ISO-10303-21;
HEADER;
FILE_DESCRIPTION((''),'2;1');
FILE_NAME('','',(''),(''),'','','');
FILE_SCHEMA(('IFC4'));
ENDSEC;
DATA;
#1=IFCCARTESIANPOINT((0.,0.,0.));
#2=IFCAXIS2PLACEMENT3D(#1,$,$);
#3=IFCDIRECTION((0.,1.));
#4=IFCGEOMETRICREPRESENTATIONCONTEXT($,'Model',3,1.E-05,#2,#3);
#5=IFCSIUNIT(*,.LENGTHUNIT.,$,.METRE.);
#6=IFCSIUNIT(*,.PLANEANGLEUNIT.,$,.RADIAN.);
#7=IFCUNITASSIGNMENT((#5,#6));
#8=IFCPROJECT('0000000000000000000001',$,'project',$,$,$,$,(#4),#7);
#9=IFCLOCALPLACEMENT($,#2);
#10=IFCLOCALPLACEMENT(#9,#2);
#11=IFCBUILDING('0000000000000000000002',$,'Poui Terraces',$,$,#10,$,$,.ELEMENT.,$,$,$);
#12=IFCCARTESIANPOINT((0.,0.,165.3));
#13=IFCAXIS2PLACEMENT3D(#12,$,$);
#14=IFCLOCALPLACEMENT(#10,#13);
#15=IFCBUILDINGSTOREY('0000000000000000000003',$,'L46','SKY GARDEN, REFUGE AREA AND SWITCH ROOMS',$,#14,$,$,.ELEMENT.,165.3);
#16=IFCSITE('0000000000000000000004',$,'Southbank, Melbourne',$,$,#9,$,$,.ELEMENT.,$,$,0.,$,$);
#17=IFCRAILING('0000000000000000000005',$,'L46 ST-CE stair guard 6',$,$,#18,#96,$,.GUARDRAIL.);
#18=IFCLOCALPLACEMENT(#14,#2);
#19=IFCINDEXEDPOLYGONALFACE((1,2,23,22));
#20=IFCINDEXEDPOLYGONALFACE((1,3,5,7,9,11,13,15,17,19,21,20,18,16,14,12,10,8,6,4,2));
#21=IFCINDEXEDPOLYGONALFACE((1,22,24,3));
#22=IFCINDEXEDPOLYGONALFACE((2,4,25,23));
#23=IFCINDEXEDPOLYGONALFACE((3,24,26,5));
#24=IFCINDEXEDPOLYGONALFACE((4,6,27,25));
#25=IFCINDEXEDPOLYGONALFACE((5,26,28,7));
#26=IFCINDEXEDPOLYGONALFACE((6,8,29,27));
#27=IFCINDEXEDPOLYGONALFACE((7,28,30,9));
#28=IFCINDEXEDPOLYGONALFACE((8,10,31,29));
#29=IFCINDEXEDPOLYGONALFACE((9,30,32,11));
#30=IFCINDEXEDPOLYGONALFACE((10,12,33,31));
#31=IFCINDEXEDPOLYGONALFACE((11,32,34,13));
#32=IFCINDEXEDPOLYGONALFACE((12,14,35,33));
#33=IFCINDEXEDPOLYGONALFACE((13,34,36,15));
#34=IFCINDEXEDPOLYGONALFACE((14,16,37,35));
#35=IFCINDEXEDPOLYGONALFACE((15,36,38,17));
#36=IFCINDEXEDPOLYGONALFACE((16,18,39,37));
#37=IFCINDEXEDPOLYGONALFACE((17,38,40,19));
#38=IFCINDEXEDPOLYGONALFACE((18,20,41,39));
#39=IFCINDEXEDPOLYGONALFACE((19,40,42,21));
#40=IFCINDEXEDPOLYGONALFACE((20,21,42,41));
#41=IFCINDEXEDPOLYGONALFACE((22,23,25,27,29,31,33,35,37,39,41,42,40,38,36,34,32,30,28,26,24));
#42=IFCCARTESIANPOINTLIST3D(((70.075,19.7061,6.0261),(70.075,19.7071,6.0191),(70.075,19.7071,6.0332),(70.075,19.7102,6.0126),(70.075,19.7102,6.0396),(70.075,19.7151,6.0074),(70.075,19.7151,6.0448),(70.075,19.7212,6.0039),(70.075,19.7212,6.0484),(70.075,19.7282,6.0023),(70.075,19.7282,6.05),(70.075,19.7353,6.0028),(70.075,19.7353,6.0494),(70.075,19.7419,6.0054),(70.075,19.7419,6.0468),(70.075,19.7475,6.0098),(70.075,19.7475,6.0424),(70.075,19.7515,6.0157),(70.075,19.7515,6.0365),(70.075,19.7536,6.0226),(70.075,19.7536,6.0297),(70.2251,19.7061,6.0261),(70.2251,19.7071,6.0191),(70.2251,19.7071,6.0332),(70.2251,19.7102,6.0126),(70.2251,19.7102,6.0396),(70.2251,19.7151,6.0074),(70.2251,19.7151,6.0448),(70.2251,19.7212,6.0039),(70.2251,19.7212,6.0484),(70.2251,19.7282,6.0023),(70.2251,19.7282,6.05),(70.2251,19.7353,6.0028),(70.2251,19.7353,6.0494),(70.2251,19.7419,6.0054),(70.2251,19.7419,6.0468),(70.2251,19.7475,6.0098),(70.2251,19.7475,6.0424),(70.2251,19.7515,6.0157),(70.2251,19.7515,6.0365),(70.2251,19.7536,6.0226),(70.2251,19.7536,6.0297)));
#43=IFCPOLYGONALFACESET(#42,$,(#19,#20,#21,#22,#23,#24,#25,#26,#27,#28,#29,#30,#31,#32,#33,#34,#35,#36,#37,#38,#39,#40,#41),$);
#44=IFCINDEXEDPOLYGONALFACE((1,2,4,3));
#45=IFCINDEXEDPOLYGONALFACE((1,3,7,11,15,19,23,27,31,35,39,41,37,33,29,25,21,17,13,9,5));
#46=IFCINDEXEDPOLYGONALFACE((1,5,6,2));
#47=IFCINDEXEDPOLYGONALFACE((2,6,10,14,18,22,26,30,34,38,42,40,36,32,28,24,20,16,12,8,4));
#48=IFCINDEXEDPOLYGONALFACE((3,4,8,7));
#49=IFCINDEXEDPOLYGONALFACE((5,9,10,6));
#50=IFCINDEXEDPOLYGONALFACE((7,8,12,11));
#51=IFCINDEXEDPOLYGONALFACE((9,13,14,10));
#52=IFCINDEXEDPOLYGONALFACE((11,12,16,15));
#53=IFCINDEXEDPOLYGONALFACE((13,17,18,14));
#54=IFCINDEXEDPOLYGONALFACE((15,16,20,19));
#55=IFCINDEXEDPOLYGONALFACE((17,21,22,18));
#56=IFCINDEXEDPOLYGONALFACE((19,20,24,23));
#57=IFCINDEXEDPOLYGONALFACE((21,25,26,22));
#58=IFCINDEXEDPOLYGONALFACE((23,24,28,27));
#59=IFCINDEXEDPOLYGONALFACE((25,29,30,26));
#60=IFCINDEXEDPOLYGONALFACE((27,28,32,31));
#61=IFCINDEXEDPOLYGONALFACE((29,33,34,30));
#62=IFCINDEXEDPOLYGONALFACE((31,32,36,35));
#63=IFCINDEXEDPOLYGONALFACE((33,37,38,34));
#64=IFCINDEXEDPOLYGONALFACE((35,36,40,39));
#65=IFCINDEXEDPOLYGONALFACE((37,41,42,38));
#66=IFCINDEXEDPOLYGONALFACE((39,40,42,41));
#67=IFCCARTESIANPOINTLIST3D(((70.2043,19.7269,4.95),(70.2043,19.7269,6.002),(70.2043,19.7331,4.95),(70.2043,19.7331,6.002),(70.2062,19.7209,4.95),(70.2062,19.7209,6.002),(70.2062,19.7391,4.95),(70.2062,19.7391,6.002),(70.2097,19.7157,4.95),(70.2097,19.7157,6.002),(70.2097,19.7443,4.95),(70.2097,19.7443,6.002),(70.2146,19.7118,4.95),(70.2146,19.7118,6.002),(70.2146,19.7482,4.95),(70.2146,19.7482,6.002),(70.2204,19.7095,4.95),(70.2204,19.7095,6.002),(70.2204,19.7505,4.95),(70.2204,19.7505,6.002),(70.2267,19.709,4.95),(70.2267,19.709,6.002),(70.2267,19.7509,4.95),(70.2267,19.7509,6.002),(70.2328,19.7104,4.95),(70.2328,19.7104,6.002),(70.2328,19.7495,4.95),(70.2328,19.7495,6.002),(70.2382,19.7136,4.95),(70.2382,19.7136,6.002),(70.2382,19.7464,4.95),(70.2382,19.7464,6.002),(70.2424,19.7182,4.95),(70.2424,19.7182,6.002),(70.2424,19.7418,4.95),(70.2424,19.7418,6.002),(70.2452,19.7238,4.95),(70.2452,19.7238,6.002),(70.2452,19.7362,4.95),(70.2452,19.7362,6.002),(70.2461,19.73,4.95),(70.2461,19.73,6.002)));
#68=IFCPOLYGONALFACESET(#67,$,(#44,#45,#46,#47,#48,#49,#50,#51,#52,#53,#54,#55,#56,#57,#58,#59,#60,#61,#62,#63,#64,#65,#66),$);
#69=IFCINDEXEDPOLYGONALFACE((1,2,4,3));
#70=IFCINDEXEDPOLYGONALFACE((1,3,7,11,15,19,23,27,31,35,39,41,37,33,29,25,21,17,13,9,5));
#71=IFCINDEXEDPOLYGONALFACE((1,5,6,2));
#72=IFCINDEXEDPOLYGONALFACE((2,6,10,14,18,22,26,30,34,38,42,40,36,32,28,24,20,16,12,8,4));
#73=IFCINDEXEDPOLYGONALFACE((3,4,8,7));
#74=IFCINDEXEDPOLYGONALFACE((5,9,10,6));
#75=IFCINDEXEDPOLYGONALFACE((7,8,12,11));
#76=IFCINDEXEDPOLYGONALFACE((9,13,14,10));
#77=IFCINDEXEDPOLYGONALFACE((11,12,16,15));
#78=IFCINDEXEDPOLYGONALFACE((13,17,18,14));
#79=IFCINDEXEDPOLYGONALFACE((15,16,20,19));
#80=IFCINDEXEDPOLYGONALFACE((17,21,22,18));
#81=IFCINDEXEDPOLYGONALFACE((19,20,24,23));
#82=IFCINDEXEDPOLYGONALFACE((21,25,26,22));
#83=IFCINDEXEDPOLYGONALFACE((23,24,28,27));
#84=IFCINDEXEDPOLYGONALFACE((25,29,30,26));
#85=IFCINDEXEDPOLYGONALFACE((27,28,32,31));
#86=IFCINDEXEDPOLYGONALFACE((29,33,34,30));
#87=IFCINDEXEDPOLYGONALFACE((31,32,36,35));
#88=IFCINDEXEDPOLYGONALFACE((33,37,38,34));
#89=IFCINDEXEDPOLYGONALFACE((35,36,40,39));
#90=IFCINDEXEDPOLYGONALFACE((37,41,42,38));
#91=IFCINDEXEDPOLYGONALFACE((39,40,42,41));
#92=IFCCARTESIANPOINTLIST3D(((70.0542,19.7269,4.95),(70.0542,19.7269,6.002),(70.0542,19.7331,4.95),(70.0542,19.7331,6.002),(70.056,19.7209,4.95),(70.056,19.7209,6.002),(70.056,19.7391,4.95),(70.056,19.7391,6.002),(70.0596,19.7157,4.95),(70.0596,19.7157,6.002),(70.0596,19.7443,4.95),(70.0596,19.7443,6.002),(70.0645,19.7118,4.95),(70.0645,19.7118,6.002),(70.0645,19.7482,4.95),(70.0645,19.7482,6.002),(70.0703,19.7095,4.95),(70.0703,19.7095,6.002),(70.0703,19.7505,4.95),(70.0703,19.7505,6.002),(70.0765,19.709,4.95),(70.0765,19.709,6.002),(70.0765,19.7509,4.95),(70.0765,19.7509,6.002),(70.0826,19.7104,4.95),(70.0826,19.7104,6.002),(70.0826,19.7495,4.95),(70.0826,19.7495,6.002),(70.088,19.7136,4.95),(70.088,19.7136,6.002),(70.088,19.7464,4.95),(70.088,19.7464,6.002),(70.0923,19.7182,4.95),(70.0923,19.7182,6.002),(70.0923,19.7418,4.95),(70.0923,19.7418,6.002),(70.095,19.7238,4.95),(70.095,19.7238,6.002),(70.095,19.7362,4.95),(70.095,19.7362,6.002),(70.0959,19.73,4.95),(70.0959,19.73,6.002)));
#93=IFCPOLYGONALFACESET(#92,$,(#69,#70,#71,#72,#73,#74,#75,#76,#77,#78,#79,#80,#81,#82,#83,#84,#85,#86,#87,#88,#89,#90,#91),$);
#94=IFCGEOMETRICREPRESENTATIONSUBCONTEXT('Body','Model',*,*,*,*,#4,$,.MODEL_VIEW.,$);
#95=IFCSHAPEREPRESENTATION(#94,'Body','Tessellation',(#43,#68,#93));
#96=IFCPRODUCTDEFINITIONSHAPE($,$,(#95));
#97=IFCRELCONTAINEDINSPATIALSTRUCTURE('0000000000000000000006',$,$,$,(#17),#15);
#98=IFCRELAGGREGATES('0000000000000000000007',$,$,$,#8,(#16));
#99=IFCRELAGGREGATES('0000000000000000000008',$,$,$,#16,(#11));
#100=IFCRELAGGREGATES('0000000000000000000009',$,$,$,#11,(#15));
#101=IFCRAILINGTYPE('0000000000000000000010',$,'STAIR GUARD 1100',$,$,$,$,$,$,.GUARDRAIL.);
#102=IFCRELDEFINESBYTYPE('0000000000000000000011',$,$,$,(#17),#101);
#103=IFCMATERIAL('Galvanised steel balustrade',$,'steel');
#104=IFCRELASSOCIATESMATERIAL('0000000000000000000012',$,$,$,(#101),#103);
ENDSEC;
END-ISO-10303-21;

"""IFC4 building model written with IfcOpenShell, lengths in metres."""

from ifc_helpers import new_model, si_unit, direction, frame, origin, origin_2d, place, context, subcontext, project, spatial, circle, extrude, material, type_object, element, save


model = new_model("IFC4")

# Units and contexts
model_context = context("Model", 3, precision=1e-05, world=origin(), true_north=direction((0.0, 1.0)))
body_context = subcontext(model_context, "Body", "Model", "MODEL_VIEW")
ifc_project = project(units=[si_unit("LENGTHUNIT", "METRE"), si_unit("PLANEANGLEUNIT", "RADIAN")], contexts=[model_context])

# Site, building, storey
site_placement = place(None, origin())
site = spatial("IfcSite", under=ifc_project, at=site_placement, Name="Southbank, Melbourne", CompositionType="ELEMENT", RefElevation=0.0)
building_placement = place(site_placement, origin())
building = spatial("IfcBuilding", under=site, at=building_placement, Name="Poui Terraces", CompositionType="ELEMENT")
storey_placement = place(building_placement, frame((0.0, 0.0, 165.3)))
storey = spatial("IfcBuildingStorey", under=building, at=storey_placement, Name="L46", Description="SKY GARDEN, REFUGE AREA AND SWITCH ROOMS", CompositionType="ELEMENT", Elevation=165.3)

# Railing
ifc_material_1 = material(Name="Galvanised steel balustrade", Category="steel")
railing_type_1 = type_object("IfcRailingType", Name="STAIR GUARD 1100", PredefinedType="GUARDRAIL", material=ifc_material_1)
railing_1_placement = place(storey_placement, frame((70.2251, 19.73, 4.95)))
element("IfcRailing", 1, at=railing_1_placement, inside=storey, type_object=railing_type_1, Name="L46 ST-CE stair guard 6", PredefinedType="GUARDRAIL", context=body_context, shape_type="SweptSolid", body=[
    extrude(circle(Radius=0.0239, at=origin_2d()), frame((0.0, 0.0, 1.0762), z_axis=(-1.0, 0.0, 0.0), x_axis=(0.0, -1.0, 0.0)), (0.0, 0.0, 1.0), 0.1501),
    extrude(circle(Radius=0.021, at=origin_2d()), origin(), (0.0, 0.0, 1.0), 1.052),
    extrude(circle(Radius=0.021, at=origin_2d()), frame((-0.1501, 0.0, 0.0)), (0.0, 0.0, 1.0), 1.052),
])

save(model, "model.ifc")
